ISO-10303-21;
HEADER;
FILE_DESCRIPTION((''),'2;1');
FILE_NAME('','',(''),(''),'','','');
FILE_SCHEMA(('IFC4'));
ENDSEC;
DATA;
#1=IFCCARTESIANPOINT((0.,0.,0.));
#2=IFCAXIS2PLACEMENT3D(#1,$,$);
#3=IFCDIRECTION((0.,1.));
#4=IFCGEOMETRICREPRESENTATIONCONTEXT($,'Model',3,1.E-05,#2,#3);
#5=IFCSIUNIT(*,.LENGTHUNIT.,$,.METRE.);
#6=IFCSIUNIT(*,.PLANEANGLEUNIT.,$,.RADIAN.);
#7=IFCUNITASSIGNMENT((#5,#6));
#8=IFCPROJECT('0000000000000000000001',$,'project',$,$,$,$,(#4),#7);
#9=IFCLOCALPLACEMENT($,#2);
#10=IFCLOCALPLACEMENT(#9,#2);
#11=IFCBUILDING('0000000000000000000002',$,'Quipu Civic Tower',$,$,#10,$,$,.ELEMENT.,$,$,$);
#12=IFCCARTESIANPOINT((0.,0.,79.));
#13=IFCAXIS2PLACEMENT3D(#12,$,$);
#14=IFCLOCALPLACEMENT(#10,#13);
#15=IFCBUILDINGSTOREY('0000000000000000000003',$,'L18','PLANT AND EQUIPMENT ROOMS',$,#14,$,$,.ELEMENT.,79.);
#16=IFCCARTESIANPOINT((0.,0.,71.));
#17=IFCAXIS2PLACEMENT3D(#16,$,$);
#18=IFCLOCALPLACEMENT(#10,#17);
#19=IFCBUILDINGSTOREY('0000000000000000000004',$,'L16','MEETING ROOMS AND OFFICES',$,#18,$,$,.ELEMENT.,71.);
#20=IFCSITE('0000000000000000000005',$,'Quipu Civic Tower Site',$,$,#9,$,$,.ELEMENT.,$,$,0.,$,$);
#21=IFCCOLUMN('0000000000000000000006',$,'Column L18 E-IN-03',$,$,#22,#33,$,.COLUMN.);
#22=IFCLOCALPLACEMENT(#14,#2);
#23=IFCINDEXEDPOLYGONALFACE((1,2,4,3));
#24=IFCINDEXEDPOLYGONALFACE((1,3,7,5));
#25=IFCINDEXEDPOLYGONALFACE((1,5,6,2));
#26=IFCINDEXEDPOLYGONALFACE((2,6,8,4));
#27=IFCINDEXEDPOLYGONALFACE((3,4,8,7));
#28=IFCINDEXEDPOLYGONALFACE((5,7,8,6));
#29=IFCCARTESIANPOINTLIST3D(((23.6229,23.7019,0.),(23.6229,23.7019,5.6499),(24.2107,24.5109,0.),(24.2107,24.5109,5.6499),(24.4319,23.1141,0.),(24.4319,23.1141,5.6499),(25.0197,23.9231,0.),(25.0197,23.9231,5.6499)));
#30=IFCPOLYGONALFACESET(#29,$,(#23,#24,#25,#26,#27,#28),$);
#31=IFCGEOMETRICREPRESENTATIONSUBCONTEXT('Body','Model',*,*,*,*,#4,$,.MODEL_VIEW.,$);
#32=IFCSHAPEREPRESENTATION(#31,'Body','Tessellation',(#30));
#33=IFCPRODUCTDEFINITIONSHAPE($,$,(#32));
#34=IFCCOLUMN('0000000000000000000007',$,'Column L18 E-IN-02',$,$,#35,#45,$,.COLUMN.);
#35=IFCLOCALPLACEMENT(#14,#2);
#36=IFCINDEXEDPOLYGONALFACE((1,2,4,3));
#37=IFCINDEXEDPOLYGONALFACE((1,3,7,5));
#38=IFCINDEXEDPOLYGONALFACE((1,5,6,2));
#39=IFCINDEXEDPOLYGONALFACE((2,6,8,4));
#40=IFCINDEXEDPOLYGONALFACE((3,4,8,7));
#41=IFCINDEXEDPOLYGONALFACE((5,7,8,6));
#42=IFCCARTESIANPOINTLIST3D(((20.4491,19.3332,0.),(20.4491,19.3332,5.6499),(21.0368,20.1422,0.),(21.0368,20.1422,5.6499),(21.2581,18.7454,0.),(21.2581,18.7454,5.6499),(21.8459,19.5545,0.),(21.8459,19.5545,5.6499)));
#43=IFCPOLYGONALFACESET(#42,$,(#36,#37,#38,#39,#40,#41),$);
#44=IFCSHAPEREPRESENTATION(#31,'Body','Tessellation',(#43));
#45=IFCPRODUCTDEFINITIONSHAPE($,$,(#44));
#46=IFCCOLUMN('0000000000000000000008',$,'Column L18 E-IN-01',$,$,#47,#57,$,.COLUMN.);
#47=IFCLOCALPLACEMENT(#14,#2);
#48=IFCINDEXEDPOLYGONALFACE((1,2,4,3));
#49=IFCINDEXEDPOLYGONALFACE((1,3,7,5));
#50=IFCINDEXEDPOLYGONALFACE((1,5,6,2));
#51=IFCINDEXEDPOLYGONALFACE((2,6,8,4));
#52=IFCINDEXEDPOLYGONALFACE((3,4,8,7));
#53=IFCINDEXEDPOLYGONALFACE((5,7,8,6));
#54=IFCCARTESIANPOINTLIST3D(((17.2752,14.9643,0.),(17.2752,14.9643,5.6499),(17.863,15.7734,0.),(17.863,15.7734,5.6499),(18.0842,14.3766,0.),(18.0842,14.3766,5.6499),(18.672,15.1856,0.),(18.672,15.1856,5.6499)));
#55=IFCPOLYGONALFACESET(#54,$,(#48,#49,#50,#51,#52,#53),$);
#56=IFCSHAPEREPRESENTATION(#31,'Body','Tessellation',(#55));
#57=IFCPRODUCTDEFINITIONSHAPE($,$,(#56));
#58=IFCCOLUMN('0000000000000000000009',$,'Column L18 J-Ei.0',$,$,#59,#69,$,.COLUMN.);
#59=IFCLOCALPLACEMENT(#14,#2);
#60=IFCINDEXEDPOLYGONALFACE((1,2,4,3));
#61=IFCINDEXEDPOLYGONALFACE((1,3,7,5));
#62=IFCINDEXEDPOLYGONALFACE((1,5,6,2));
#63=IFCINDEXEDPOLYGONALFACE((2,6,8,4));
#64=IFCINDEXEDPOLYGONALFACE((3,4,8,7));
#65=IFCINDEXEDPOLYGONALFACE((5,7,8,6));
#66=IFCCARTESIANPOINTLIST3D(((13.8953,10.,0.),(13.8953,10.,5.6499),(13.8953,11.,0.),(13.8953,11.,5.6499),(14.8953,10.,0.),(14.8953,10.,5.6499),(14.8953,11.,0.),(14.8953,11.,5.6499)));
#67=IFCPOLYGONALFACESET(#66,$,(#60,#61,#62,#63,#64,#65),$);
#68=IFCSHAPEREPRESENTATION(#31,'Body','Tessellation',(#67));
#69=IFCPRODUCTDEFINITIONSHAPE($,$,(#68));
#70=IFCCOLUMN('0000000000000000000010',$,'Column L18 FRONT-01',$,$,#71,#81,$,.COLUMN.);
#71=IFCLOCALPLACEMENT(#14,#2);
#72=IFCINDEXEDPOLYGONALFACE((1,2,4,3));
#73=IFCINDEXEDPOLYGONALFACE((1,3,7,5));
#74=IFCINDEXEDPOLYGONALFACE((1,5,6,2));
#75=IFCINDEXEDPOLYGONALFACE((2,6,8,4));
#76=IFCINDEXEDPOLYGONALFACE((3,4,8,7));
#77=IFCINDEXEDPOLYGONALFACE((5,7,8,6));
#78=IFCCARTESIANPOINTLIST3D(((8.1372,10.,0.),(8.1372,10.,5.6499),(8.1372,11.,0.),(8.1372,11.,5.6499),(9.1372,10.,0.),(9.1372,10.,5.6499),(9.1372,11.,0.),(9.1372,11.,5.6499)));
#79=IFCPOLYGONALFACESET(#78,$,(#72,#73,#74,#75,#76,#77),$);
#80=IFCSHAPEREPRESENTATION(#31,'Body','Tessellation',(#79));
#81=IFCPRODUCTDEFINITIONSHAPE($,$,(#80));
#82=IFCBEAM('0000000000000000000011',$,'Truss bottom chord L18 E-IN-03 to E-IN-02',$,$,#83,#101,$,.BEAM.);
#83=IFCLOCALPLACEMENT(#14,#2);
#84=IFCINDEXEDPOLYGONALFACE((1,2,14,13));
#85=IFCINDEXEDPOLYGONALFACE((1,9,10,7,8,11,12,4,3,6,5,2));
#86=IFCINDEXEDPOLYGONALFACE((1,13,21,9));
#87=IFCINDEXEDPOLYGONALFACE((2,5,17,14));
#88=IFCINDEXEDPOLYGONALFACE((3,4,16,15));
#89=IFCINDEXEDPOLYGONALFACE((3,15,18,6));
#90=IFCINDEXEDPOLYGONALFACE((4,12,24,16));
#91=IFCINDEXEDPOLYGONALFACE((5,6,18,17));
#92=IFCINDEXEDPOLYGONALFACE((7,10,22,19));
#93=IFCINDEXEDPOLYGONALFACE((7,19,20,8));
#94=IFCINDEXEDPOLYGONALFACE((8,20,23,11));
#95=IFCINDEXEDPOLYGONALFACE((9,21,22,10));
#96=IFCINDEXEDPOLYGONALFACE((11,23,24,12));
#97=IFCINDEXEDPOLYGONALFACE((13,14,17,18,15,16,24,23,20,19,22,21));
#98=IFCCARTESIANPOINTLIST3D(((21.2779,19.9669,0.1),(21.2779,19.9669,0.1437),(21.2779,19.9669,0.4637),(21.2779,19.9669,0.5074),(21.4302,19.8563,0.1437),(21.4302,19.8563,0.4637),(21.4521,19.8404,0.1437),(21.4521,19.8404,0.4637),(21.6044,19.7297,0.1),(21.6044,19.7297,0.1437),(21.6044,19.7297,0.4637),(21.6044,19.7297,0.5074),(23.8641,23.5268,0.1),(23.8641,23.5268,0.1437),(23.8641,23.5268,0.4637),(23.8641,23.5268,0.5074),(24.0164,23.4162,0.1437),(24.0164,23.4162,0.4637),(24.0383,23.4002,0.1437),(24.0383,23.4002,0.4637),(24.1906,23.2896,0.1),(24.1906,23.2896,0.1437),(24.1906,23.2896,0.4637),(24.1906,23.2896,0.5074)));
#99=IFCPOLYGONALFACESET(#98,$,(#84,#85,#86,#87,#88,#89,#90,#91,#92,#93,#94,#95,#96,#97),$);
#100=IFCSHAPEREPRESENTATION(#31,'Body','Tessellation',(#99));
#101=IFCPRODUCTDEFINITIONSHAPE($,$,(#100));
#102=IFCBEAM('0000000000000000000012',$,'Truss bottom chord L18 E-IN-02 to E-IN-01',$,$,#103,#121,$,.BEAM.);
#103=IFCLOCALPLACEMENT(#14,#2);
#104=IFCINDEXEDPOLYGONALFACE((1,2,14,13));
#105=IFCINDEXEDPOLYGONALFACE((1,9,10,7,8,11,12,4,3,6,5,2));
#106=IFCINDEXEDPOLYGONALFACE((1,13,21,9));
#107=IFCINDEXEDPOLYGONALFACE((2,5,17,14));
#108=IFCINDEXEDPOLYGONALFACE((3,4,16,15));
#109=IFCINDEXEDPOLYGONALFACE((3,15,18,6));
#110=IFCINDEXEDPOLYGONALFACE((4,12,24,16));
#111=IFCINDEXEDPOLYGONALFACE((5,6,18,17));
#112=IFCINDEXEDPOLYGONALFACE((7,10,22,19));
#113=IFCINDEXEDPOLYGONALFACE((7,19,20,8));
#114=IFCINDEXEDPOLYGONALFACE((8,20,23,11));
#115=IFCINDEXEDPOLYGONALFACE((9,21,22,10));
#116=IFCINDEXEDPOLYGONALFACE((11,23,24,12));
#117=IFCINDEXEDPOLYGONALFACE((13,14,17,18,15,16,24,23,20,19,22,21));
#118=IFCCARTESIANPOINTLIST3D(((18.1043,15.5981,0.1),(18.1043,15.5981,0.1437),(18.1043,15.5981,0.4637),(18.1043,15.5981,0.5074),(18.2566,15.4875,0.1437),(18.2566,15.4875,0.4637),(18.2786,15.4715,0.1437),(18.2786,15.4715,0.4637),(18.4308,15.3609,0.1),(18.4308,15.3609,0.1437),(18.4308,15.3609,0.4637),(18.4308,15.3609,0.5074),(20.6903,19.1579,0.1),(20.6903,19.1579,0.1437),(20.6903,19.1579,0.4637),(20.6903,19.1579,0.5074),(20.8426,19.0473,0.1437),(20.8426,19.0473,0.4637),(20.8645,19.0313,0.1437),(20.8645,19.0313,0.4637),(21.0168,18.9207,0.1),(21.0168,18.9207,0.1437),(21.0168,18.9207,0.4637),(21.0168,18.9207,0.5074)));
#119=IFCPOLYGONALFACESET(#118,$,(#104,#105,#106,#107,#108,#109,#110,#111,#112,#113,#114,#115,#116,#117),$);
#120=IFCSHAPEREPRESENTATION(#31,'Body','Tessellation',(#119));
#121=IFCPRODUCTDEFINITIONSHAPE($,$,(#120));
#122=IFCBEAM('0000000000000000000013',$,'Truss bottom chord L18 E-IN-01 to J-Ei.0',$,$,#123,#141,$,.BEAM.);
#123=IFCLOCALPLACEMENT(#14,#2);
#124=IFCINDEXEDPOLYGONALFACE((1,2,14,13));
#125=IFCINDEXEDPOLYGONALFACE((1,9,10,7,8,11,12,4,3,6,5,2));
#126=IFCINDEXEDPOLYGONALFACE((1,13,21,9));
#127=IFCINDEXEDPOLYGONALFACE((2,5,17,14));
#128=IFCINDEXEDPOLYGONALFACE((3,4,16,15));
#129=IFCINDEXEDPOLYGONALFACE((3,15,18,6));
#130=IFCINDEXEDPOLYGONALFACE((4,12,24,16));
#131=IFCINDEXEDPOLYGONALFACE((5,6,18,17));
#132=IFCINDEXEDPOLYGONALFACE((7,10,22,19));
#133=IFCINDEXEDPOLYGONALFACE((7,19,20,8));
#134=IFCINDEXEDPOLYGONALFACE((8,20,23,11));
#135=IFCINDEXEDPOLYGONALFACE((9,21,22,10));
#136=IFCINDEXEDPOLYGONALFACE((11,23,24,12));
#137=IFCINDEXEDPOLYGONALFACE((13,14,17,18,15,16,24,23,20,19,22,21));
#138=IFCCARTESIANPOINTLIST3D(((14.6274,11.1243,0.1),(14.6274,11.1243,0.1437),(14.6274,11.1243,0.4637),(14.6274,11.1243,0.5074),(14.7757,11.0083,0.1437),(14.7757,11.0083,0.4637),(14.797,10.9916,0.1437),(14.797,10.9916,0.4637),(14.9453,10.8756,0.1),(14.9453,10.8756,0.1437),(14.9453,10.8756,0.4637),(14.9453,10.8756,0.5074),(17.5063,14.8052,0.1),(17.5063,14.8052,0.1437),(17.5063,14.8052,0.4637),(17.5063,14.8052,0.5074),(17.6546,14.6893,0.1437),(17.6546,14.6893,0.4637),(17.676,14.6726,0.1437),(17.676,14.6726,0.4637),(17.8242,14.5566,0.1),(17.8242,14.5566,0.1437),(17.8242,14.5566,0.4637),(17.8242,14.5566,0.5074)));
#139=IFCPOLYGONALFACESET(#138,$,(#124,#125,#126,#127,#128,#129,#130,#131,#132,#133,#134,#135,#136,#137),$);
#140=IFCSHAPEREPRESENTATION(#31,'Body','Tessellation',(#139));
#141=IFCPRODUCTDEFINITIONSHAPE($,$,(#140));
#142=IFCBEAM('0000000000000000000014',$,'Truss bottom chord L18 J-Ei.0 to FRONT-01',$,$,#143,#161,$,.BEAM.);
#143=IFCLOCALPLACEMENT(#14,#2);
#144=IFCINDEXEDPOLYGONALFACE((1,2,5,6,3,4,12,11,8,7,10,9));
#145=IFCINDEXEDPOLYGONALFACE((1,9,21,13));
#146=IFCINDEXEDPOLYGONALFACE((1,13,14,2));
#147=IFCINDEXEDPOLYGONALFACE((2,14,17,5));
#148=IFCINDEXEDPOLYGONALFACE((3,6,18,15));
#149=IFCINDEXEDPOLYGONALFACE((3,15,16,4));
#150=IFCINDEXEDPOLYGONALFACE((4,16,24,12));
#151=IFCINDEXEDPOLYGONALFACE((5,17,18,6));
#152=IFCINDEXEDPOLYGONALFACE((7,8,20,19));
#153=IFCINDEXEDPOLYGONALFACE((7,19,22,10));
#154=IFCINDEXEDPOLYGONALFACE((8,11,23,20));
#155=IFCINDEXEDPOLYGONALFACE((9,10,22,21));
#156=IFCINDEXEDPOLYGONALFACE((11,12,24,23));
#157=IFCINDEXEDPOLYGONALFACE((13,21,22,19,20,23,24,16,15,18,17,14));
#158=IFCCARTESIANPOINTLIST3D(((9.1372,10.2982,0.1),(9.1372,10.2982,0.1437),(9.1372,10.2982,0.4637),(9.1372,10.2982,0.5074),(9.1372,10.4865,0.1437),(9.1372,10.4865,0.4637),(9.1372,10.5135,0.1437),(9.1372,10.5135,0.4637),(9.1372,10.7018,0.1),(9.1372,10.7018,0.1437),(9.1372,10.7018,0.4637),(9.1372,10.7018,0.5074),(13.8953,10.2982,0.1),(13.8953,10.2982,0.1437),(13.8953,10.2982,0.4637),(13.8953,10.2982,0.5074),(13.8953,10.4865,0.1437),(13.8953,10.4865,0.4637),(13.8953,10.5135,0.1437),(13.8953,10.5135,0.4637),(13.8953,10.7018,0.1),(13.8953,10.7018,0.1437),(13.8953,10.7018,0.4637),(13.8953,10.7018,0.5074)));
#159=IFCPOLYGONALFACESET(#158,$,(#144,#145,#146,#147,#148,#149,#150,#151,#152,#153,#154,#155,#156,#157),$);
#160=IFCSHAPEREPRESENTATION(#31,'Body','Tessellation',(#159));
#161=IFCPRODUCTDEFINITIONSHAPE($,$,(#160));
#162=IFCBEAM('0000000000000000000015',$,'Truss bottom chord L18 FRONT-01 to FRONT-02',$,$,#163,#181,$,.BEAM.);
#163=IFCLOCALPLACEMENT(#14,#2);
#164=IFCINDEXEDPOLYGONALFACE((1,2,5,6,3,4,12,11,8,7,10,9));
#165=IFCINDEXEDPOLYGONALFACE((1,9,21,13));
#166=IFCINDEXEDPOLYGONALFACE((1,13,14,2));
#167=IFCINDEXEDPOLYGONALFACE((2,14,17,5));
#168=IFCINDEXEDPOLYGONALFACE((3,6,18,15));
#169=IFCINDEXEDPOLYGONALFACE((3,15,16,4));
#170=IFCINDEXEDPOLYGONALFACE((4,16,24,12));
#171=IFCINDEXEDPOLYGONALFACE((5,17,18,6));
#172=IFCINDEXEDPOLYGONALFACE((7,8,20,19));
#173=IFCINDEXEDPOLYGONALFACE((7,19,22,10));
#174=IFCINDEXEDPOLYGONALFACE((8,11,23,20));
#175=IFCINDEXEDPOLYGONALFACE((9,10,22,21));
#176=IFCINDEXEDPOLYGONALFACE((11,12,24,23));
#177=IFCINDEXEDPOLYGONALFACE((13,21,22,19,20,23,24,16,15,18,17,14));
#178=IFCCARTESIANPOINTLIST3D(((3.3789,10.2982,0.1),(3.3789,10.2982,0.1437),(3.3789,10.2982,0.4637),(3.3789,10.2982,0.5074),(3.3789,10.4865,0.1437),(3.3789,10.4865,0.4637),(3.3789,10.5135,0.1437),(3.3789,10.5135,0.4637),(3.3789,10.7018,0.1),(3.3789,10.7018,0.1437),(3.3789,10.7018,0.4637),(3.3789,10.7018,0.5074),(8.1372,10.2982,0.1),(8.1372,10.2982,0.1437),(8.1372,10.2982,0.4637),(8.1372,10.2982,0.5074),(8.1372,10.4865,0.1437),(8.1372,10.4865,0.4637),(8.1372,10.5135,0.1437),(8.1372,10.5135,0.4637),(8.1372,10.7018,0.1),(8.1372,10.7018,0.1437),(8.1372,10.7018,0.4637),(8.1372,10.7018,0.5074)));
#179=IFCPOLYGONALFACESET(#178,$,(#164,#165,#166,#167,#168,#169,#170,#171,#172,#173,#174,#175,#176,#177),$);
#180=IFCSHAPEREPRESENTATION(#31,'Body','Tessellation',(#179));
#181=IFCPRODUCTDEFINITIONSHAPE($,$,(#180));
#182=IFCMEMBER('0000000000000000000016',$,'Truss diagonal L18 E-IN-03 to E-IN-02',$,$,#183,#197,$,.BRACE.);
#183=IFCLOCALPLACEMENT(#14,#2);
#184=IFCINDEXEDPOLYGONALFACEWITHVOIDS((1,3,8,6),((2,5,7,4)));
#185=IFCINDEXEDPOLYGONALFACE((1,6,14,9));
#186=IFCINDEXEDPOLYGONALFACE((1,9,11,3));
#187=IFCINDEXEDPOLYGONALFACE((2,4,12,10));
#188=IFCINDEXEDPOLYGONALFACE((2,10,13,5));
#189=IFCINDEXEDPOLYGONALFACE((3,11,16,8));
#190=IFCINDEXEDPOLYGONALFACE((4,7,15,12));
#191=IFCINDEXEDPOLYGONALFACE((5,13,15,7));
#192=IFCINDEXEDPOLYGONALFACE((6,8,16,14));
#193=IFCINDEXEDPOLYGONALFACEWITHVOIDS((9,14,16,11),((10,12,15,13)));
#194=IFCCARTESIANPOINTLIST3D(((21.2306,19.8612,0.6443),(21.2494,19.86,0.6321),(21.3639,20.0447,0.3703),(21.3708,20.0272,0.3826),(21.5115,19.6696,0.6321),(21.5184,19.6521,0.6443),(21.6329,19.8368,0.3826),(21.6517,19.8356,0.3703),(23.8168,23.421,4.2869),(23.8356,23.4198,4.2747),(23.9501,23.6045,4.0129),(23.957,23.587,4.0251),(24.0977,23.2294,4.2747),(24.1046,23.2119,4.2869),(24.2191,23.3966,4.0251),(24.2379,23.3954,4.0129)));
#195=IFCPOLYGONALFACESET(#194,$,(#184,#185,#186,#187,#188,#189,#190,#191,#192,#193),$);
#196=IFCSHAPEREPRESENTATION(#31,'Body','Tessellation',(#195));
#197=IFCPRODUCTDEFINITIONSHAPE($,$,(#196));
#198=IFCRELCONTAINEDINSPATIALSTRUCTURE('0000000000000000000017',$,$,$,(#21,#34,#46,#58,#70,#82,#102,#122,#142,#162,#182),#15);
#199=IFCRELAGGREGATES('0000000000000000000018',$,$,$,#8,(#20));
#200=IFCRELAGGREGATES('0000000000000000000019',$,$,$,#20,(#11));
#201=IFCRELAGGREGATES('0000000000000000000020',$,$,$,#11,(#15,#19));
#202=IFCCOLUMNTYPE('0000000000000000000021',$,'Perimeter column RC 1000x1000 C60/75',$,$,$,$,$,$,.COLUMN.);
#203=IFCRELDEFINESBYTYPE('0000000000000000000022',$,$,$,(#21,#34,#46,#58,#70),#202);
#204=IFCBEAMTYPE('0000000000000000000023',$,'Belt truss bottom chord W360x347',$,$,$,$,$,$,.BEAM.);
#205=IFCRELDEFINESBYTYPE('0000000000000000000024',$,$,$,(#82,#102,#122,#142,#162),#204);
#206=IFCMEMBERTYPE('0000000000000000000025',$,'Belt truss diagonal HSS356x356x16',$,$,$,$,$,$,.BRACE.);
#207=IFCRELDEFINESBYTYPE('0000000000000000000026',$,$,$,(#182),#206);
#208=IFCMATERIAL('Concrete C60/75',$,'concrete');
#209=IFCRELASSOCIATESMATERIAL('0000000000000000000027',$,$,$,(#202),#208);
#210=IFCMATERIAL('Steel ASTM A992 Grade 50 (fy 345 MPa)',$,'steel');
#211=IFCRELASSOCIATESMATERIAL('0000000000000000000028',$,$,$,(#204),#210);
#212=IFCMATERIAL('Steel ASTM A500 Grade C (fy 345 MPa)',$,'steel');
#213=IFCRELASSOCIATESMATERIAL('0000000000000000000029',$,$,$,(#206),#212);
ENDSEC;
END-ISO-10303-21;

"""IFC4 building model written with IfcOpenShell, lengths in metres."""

from ifc_helpers import new_model, si_unit, direction, frame, origin, origin_2d, place, context, subcontext, project, spatial, rectangle, hollow_rectangle, i_section, extrude, material, material_profile, profile_set, type_object, element, save


model = new_model("IFC4")

# Units and contexts
model_context = context("Model", 3, precision=1e-05, world=origin(), true_north=direction((0.0, 1.0)))
body_context = subcontext(model_context, "Body", "Model", "MODEL_VIEW")
ifc_project = project(units=[si_unit("LENGTHUNIT", "METRE"), si_unit("PLANEANGLEUNIT", "RADIAN")], contexts=[model_context])

# Site, building, storey
site_placement = place(None, origin())
site = spatial("IfcSite", under=ifc_project, at=site_placement, Name="Quipu Civic Tower Site", CompositionType="ELEMENT", RefElevation=0.0)
building_placement = place(site_placement, origin())
building = spatial("IfcBuilding", under=site, at=building_placement, Name="Quipu Civic Tower", CompositionType="ELEMENT")
storey_1_placement = place(building_placement, frame((0.0, 0.0, 79.0)))
storey_1 = spatial("IfcBuildingStorey", under=building, at=storey_1_placement, Name="L18", Description="PLANT AND EQUIPMENT ROOMS", CompositionType="ELEMENT", Elevation=79.0)

# Columns
ifc_material_1 = material(Name="Concrete C60/75", Category="concrete")
ifc_material_profile_1 = material_profile(ifc_material_1, rectangle(XDim=1.0, YDim=1.0, at=origin_2d()), Name="RC1000x1000")
ifc_profile_set_1 = profile_set([ifc_material_profile_1], Name="Concrete C60/75")
column_type = type_object("IfcColumnType", Name="Perimeter column RC 1000x1000 C60/75", PredefinedType="COLUMN", material=ifc_profile_set_1)
for number, where, z_axis, x_axis, name in (
    (1, (24.3213, 23.8125, 0.0), (0.0, 0.0, 1.0), (-0.587785, -0.809017, 0.0), "Column L18 E-IN-03"),
    (2, (21.1475, 19.4438, 0.0), (0.0, 0.0, 1.0), (-0.587785, -0.809017, 0.0), "Column L18 E-IN-02"),
    (3, (17.9736, 15.075, 0.0), (0.0, 0.0, 1.0), (-0.587785, -0.809017, 0.0), "Column L18 E-IN-01"),
    (4, (14.3953, 10.5, 0.0), (0.0, 0.0, 1.0), (-1.0, 0.0, 0.0), "Column L18 J-Ei.0"),
    (5, (8.6372, 10.5, 0.0), (0.0, 0.0, 1.0), (-1.0, 0.0, 0.0), "Column L18 FRONT-01"),
):
    element("IfcColumn", number, at=place(storey_1_placement, frame(where, z_axis=z_axis, x_axis=x_axis)), inside=storey_1, type_object=column_type, Name=name, PredefinedType="COLUMN", context=body_context, shape_type="SweptSolid", body=[
        extrude(rectangle(XDim=1.0, YDim=1.0, at=origin_2d()), origin(), (0.0, 0.0, 1.0), 5.6499),
    ])

# Beams
ifc_material_2 = material(Name="Steel ASTM A992 Grade 50 (fy 345 MPa)", Category="steel")
ifc_material_profile_2 = material_profile(ifc_material_2, i_section(OverallWidth=0.4036, OverallDepth=0.4075, WebThickness=0.0271, FlangeThickness=0.0437, at=origin_2d()), Name="W360x347")
ifc_profile_set_2 = profile_set([ifc_material_profile_2], Name="Steel ASTM A992 Grade 50 (fy 345 MPa)")
beam_type_1 = type_object("IfcBeamType", Name="Belt truss bottom chord W360x347", PredefinedType="BEAM", material=ifc_profile_set_2)
beam_1_placement = place(storey_1_placement, frame((24.0273, 23.4082, 0.3037), z_axis=(-0.587759, -0.809036, 0.0), x_axis=(0.809036, -0.587759, 0.0)))
element("IfcBeam", 6, at=beam_1_placement, inside=storey_1, type_object=beam_type_1, Name="Truss bottom chord L18 E-IN-03 to E-IN-02", PredefinedType="BEAM", context=body_context, shape_type="SweptSolid", body=[
    extrude(i_section(OverallWidth=0.4036, OverallDepth=0.4075, WebThickness=0.0271, FlangeThickness=0.0437, at=origin_2d()), origin(), (0.0, 0.0, 1.0), 4.4001),
])
beam_2_placement = place(storey_1_placement, frame((20.8535, 19.0393, 0.3037), z_axis=(-0.587723, -0.809062, 0.0), x_axis=(0.809062, -0.587723, 0.0)))
element("IfcBeam", 7, at=beam_2_placement, inside=storey_1, type_object=beam_type_1, Name="Truss bottom chord L18 E-IN-02 to E-IN-01", PredefinedType="BEAM", context=body_context, shape_type="SweptSolid", body=[
    extrude(i_section(OverallWidth=0.4036, OverallDepth=0.4075, WebThickness=0.0271, FlangeThickness=0.0437, at=origin_2d()), origin(), (0.0, 0.0, 1.0), 4.3999),
])
beam_3_placement = place(storey_1_placement, frame((17.6653, 14.6809, 0.3037), z_axis=(-0.616069, -0.787692, 0.0), x_axis=(0.787692, -0.616069, 0.0)))
element("IfcBeam", 8, at=beam_3_placement, inside=storey_1, type_object=beam_type_1, Name="Truss bottom chord L18 E-IN-01 to J-Ei.0", PredefinedType="BEAM", context=body_context, shape_type="SweptSolid", body=[
    extrude(i_section(OverallWidth=0.4036, OverallDepth=0.4075, WebThickness=0.0271, FlangeThickness=0.0437, at=origin_2d()), origin(), (0.0, 0.0, 1.0), 4.6731),
])
beam_4_placement = place(storey_1_placement, frame((13.8953, 10.5, 0.3037), z_axis=(-1.0, 0.0, 0.0), x_axis=(0.0, -1.0, 0.0)))
element("IfcBeam", 9, at=beam_4_placement, inside=storey_1, type_object=beam_type_1, Name="Truss bottom chord L18 J-Ei.0 to FRONT-01", PredefinedType="BEAM", context=body_context, shape_type="SweptSolid", body=[
    extrude(i_section(OverallWidth=0.4036, OverallDepth=0.4075, WebThickness=0.0271, FlangeThickness=0.0437, at=origin_2d()), origin(), (0.0, 0.0, 1.0), 4.7581),
])
beam_5_placement = place(storey_1_placement, frame((8.1372, 10.5, 0.3037), z_axis=(-1.0, 0.0, 0.0), x_axis=(0.0, -1.0, 0.0)))
element("IfcBeam", 10, at=beam_5_placement, inside=storey_1, type_object=beam_type_1, Name="Truss bottom chord L18 FRONT-01 to FRONT-02", PredefinedType="BEAM", context=body_context, shape_type="SweptSolid", body=[
    extrude(i_section(OverallWidth=0.4036, OverallDepth=0.4075, WebThickness=0.0271, FlangeThickness=0.0437, at=origin_2d()), origin(), (0.0, 0.0, 1.0), 4.7583),
])

# Member
ifc_material_3 = material(Name="Steel ASTM A500 Grade C (fy 345 MPa)", Category="steel")
ifc_material_profile_3 = material_profile(ifc_material_3, hollow_rectangle(XDim=0.3557, YDim=0.3557, WallThickness=0.0159, at=origin_2d()), Name="HSS356x356x16")
ifc_profile_set_3 = profile_set([ifc_material_profile_3], Name="Steel ASTM A500 Grade C (fy 345 MPa)")
member_type_1 = type_object("IfcMemberType", Name="Belt truss diagonal HSS356x356x16", PredefinedType="BRACE", material=ifc_profile_set_3)
for number, where, z_axis, x_axis, name in (
    (11, (24.0273, 23.4082, 4.1499), (-0.452749, -0.623197, -0.637686), (0.809036, -0.587759, 0.0), "Truss diagonal L18 E-IN-03 to E-IN-02"),
):
    element("IfcMember", number, at=place(storey_1_placement, frame(where, z_axis=z_axis, x_axis=x_axis)), inside=storey_1, type_object=member_type_1, Name=name, PredefinedType="BRACE", context=body_context, shape_type="SweptSolid", body=[
        extrude(hollow_rectangle(XDim=0.3557, YDim=0.3557, WallThickness=0.0159, at=origin_2d()), origin(), (0.0, 0.0, 1.0), 5.7122),
    ])

# Shared definitions
storey_2_placement = place(building_placement, frame((0.0, 0.0, 71.0)))
storey_2 = spatial("IfcBuildingStorey", under=building, at=storey_2_placement, Name="L16", Description="MEETING ROOMS AND OFFICES", CompositionType="ELEMENT", Elevation=71.0)

save(model, "model.ifc")
